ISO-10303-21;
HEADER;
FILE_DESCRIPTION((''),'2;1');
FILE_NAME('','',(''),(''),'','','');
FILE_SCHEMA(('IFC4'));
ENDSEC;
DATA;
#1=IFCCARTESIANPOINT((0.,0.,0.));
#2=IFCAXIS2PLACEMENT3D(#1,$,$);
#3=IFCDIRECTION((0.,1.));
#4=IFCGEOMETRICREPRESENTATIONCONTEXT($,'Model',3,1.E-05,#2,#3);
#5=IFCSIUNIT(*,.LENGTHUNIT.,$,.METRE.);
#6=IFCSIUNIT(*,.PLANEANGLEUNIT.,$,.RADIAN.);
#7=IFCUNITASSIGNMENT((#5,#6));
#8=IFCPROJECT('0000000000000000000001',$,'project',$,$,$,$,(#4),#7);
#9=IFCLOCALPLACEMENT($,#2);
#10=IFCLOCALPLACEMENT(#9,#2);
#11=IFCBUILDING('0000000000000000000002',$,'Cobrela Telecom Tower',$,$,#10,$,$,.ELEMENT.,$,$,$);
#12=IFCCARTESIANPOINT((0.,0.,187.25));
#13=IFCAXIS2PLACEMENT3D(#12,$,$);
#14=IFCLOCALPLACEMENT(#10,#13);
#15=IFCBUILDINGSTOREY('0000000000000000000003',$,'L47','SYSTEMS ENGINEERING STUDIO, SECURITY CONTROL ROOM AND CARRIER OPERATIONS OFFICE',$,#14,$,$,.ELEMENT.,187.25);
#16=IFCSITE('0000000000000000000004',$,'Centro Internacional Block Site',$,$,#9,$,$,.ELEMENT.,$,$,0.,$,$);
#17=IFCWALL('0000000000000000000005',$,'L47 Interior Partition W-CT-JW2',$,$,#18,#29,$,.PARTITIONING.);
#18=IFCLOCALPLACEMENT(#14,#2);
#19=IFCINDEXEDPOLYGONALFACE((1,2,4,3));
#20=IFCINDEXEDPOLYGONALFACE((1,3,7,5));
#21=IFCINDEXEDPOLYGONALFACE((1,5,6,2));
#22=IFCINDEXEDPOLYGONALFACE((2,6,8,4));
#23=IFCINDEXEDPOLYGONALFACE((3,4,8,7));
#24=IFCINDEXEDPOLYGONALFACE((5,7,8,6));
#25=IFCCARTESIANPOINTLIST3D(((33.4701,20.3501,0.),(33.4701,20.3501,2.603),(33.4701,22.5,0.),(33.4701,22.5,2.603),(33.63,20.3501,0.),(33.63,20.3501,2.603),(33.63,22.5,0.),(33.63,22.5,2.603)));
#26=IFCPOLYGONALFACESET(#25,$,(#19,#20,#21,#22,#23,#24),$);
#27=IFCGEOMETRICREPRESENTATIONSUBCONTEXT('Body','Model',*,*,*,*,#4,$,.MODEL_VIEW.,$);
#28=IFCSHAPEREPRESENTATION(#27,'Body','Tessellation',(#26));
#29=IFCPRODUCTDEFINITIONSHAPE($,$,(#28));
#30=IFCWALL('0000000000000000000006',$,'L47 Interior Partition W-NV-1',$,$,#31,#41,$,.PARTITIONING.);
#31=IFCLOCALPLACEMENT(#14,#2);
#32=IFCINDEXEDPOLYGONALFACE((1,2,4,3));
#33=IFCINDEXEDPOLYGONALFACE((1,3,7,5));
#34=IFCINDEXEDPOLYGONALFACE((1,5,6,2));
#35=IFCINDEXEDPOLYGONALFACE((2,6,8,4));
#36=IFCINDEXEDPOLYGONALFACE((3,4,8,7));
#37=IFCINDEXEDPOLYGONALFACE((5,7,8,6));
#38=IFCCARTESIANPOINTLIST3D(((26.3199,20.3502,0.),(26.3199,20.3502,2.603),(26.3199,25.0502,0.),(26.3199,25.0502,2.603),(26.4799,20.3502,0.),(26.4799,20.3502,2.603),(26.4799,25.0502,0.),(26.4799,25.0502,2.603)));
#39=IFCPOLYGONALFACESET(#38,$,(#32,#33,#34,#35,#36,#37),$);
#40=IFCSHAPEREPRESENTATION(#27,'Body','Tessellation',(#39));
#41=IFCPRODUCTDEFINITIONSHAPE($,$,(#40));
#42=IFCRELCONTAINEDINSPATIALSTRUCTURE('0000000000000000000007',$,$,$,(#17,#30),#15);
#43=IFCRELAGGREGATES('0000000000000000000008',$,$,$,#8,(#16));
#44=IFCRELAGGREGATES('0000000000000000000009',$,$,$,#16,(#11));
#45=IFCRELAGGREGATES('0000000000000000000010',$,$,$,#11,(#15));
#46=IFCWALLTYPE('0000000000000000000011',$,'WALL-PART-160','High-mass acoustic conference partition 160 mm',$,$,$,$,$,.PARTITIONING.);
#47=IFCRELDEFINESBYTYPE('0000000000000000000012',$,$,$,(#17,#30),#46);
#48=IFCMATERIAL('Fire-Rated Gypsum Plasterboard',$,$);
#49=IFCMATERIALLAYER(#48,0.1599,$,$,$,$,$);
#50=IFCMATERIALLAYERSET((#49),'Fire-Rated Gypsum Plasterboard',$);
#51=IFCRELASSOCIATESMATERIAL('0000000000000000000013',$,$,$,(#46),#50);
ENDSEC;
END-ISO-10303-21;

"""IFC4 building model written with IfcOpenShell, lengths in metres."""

from ifc_helpers import new_model, si_unit, direction, frame, frame_2d, origin, place, context, subcontext, project, spatial, rectangle, extrude, material, layer, layer_set, type_object, element, save


model = new_model("IFC4")

# Units and contexts
model_context = context("Model", 3, precision=1e-05, world=origin(), true_north=direction((0.0, 1.0)))
body_context = subcontext(model_context, "Body", "Model", "MODEL_VIEW")
ifc_project = project(units=[si_unit("LENGTHUNIT", "METRE"), si_unit("PLANEANGLEUNIT", "RADIAN")], contexts=[model_context])

# Site, building, storey
site_placement = place(None, origin())
site = spatial("IfcSite", under=ifc_project, at=site_placement, Name="Centro Internacional Block Site", CompositionType="ELEMENT", RefElevation=0.0)
building_placement = place(site_placement, origin())
building = spatial("IfcBuilding", under=site, at=building_placement, Name="Cobrela Telecom Tower", CompositionType="ELEMENT")
storey_placement = place(building_placement, frame((0.0, 0.0, 187.25)))
storey = spatial("IfcBuildingStorey", under=building, at=storey_placement, Name="L47", Description="SYSTEMS ENGINEERING STUDIO, SECURITY CONTROL ROOM AND CARRIER OPERATIONS OFFICE", CompositionType="ELEMENT", Elevation=187.25)

# Walls
ifc_material_1 = material(Name="Fire-Rated Gypsum Plasterboard")
ifc_layer_1 = layer(ifc_material_1, 0.1599)
ifc_layer_set_1 = layer_set([ifc_layer_1], Name="Fire-Rated Gypsum Plasterboard")
wall_type_1 = type_object("IfcWallType", Name="WALL-PART-160", Description="High-mass acoustic conference partition 160 mm", PredefinedType="PARTITIONING", material=ifc_layer_set_1)
wall_1_placement = place(storey_placement, frame((33.55, 20.3501, 0.0), z_axis=(0.0, 0.0, 1.0), x_axis=(0.0, 1.0, 0.0)))
element("IfcWall", 1, at=wall_1_placement, inside=storey, type_object=wall_type_1, Name="L47 Interior Partition W-CT-JW2", PredefinedType="PARTITIONING", context=body_context, shape_type="SweptSolid", body=[
    extrude(rectangle(XDim=2.1499, YDim=0.1599, at=frame_2d((1.075, 0.0))), origin(), (0.0, 0.0, 1.0), 2.603),
])
wall_2_placement = place(storey_placement, frame((26.3999, 20.3501, 0.0), z_axis=(0.0, 0.0, 1.0), x_axis=(0.0, 1.0, 0.0)))
element("IfcWall", 2, at=wall_2_placement, inside=storey, type_object=wall_type_1, Name="L47 Interior Partition W-NV-1", PredefinedType="PARTITIONING", context=body_context, shape_type="SweptSolid", body=[
    extrude(rectangle(XDim=4.7, YDim=0.1599, at=frame_2d((2.3501, 0.0))), origin(), (0.0, 0.0, 1.0), 2.603),
])

save(model, "model.ifc")
